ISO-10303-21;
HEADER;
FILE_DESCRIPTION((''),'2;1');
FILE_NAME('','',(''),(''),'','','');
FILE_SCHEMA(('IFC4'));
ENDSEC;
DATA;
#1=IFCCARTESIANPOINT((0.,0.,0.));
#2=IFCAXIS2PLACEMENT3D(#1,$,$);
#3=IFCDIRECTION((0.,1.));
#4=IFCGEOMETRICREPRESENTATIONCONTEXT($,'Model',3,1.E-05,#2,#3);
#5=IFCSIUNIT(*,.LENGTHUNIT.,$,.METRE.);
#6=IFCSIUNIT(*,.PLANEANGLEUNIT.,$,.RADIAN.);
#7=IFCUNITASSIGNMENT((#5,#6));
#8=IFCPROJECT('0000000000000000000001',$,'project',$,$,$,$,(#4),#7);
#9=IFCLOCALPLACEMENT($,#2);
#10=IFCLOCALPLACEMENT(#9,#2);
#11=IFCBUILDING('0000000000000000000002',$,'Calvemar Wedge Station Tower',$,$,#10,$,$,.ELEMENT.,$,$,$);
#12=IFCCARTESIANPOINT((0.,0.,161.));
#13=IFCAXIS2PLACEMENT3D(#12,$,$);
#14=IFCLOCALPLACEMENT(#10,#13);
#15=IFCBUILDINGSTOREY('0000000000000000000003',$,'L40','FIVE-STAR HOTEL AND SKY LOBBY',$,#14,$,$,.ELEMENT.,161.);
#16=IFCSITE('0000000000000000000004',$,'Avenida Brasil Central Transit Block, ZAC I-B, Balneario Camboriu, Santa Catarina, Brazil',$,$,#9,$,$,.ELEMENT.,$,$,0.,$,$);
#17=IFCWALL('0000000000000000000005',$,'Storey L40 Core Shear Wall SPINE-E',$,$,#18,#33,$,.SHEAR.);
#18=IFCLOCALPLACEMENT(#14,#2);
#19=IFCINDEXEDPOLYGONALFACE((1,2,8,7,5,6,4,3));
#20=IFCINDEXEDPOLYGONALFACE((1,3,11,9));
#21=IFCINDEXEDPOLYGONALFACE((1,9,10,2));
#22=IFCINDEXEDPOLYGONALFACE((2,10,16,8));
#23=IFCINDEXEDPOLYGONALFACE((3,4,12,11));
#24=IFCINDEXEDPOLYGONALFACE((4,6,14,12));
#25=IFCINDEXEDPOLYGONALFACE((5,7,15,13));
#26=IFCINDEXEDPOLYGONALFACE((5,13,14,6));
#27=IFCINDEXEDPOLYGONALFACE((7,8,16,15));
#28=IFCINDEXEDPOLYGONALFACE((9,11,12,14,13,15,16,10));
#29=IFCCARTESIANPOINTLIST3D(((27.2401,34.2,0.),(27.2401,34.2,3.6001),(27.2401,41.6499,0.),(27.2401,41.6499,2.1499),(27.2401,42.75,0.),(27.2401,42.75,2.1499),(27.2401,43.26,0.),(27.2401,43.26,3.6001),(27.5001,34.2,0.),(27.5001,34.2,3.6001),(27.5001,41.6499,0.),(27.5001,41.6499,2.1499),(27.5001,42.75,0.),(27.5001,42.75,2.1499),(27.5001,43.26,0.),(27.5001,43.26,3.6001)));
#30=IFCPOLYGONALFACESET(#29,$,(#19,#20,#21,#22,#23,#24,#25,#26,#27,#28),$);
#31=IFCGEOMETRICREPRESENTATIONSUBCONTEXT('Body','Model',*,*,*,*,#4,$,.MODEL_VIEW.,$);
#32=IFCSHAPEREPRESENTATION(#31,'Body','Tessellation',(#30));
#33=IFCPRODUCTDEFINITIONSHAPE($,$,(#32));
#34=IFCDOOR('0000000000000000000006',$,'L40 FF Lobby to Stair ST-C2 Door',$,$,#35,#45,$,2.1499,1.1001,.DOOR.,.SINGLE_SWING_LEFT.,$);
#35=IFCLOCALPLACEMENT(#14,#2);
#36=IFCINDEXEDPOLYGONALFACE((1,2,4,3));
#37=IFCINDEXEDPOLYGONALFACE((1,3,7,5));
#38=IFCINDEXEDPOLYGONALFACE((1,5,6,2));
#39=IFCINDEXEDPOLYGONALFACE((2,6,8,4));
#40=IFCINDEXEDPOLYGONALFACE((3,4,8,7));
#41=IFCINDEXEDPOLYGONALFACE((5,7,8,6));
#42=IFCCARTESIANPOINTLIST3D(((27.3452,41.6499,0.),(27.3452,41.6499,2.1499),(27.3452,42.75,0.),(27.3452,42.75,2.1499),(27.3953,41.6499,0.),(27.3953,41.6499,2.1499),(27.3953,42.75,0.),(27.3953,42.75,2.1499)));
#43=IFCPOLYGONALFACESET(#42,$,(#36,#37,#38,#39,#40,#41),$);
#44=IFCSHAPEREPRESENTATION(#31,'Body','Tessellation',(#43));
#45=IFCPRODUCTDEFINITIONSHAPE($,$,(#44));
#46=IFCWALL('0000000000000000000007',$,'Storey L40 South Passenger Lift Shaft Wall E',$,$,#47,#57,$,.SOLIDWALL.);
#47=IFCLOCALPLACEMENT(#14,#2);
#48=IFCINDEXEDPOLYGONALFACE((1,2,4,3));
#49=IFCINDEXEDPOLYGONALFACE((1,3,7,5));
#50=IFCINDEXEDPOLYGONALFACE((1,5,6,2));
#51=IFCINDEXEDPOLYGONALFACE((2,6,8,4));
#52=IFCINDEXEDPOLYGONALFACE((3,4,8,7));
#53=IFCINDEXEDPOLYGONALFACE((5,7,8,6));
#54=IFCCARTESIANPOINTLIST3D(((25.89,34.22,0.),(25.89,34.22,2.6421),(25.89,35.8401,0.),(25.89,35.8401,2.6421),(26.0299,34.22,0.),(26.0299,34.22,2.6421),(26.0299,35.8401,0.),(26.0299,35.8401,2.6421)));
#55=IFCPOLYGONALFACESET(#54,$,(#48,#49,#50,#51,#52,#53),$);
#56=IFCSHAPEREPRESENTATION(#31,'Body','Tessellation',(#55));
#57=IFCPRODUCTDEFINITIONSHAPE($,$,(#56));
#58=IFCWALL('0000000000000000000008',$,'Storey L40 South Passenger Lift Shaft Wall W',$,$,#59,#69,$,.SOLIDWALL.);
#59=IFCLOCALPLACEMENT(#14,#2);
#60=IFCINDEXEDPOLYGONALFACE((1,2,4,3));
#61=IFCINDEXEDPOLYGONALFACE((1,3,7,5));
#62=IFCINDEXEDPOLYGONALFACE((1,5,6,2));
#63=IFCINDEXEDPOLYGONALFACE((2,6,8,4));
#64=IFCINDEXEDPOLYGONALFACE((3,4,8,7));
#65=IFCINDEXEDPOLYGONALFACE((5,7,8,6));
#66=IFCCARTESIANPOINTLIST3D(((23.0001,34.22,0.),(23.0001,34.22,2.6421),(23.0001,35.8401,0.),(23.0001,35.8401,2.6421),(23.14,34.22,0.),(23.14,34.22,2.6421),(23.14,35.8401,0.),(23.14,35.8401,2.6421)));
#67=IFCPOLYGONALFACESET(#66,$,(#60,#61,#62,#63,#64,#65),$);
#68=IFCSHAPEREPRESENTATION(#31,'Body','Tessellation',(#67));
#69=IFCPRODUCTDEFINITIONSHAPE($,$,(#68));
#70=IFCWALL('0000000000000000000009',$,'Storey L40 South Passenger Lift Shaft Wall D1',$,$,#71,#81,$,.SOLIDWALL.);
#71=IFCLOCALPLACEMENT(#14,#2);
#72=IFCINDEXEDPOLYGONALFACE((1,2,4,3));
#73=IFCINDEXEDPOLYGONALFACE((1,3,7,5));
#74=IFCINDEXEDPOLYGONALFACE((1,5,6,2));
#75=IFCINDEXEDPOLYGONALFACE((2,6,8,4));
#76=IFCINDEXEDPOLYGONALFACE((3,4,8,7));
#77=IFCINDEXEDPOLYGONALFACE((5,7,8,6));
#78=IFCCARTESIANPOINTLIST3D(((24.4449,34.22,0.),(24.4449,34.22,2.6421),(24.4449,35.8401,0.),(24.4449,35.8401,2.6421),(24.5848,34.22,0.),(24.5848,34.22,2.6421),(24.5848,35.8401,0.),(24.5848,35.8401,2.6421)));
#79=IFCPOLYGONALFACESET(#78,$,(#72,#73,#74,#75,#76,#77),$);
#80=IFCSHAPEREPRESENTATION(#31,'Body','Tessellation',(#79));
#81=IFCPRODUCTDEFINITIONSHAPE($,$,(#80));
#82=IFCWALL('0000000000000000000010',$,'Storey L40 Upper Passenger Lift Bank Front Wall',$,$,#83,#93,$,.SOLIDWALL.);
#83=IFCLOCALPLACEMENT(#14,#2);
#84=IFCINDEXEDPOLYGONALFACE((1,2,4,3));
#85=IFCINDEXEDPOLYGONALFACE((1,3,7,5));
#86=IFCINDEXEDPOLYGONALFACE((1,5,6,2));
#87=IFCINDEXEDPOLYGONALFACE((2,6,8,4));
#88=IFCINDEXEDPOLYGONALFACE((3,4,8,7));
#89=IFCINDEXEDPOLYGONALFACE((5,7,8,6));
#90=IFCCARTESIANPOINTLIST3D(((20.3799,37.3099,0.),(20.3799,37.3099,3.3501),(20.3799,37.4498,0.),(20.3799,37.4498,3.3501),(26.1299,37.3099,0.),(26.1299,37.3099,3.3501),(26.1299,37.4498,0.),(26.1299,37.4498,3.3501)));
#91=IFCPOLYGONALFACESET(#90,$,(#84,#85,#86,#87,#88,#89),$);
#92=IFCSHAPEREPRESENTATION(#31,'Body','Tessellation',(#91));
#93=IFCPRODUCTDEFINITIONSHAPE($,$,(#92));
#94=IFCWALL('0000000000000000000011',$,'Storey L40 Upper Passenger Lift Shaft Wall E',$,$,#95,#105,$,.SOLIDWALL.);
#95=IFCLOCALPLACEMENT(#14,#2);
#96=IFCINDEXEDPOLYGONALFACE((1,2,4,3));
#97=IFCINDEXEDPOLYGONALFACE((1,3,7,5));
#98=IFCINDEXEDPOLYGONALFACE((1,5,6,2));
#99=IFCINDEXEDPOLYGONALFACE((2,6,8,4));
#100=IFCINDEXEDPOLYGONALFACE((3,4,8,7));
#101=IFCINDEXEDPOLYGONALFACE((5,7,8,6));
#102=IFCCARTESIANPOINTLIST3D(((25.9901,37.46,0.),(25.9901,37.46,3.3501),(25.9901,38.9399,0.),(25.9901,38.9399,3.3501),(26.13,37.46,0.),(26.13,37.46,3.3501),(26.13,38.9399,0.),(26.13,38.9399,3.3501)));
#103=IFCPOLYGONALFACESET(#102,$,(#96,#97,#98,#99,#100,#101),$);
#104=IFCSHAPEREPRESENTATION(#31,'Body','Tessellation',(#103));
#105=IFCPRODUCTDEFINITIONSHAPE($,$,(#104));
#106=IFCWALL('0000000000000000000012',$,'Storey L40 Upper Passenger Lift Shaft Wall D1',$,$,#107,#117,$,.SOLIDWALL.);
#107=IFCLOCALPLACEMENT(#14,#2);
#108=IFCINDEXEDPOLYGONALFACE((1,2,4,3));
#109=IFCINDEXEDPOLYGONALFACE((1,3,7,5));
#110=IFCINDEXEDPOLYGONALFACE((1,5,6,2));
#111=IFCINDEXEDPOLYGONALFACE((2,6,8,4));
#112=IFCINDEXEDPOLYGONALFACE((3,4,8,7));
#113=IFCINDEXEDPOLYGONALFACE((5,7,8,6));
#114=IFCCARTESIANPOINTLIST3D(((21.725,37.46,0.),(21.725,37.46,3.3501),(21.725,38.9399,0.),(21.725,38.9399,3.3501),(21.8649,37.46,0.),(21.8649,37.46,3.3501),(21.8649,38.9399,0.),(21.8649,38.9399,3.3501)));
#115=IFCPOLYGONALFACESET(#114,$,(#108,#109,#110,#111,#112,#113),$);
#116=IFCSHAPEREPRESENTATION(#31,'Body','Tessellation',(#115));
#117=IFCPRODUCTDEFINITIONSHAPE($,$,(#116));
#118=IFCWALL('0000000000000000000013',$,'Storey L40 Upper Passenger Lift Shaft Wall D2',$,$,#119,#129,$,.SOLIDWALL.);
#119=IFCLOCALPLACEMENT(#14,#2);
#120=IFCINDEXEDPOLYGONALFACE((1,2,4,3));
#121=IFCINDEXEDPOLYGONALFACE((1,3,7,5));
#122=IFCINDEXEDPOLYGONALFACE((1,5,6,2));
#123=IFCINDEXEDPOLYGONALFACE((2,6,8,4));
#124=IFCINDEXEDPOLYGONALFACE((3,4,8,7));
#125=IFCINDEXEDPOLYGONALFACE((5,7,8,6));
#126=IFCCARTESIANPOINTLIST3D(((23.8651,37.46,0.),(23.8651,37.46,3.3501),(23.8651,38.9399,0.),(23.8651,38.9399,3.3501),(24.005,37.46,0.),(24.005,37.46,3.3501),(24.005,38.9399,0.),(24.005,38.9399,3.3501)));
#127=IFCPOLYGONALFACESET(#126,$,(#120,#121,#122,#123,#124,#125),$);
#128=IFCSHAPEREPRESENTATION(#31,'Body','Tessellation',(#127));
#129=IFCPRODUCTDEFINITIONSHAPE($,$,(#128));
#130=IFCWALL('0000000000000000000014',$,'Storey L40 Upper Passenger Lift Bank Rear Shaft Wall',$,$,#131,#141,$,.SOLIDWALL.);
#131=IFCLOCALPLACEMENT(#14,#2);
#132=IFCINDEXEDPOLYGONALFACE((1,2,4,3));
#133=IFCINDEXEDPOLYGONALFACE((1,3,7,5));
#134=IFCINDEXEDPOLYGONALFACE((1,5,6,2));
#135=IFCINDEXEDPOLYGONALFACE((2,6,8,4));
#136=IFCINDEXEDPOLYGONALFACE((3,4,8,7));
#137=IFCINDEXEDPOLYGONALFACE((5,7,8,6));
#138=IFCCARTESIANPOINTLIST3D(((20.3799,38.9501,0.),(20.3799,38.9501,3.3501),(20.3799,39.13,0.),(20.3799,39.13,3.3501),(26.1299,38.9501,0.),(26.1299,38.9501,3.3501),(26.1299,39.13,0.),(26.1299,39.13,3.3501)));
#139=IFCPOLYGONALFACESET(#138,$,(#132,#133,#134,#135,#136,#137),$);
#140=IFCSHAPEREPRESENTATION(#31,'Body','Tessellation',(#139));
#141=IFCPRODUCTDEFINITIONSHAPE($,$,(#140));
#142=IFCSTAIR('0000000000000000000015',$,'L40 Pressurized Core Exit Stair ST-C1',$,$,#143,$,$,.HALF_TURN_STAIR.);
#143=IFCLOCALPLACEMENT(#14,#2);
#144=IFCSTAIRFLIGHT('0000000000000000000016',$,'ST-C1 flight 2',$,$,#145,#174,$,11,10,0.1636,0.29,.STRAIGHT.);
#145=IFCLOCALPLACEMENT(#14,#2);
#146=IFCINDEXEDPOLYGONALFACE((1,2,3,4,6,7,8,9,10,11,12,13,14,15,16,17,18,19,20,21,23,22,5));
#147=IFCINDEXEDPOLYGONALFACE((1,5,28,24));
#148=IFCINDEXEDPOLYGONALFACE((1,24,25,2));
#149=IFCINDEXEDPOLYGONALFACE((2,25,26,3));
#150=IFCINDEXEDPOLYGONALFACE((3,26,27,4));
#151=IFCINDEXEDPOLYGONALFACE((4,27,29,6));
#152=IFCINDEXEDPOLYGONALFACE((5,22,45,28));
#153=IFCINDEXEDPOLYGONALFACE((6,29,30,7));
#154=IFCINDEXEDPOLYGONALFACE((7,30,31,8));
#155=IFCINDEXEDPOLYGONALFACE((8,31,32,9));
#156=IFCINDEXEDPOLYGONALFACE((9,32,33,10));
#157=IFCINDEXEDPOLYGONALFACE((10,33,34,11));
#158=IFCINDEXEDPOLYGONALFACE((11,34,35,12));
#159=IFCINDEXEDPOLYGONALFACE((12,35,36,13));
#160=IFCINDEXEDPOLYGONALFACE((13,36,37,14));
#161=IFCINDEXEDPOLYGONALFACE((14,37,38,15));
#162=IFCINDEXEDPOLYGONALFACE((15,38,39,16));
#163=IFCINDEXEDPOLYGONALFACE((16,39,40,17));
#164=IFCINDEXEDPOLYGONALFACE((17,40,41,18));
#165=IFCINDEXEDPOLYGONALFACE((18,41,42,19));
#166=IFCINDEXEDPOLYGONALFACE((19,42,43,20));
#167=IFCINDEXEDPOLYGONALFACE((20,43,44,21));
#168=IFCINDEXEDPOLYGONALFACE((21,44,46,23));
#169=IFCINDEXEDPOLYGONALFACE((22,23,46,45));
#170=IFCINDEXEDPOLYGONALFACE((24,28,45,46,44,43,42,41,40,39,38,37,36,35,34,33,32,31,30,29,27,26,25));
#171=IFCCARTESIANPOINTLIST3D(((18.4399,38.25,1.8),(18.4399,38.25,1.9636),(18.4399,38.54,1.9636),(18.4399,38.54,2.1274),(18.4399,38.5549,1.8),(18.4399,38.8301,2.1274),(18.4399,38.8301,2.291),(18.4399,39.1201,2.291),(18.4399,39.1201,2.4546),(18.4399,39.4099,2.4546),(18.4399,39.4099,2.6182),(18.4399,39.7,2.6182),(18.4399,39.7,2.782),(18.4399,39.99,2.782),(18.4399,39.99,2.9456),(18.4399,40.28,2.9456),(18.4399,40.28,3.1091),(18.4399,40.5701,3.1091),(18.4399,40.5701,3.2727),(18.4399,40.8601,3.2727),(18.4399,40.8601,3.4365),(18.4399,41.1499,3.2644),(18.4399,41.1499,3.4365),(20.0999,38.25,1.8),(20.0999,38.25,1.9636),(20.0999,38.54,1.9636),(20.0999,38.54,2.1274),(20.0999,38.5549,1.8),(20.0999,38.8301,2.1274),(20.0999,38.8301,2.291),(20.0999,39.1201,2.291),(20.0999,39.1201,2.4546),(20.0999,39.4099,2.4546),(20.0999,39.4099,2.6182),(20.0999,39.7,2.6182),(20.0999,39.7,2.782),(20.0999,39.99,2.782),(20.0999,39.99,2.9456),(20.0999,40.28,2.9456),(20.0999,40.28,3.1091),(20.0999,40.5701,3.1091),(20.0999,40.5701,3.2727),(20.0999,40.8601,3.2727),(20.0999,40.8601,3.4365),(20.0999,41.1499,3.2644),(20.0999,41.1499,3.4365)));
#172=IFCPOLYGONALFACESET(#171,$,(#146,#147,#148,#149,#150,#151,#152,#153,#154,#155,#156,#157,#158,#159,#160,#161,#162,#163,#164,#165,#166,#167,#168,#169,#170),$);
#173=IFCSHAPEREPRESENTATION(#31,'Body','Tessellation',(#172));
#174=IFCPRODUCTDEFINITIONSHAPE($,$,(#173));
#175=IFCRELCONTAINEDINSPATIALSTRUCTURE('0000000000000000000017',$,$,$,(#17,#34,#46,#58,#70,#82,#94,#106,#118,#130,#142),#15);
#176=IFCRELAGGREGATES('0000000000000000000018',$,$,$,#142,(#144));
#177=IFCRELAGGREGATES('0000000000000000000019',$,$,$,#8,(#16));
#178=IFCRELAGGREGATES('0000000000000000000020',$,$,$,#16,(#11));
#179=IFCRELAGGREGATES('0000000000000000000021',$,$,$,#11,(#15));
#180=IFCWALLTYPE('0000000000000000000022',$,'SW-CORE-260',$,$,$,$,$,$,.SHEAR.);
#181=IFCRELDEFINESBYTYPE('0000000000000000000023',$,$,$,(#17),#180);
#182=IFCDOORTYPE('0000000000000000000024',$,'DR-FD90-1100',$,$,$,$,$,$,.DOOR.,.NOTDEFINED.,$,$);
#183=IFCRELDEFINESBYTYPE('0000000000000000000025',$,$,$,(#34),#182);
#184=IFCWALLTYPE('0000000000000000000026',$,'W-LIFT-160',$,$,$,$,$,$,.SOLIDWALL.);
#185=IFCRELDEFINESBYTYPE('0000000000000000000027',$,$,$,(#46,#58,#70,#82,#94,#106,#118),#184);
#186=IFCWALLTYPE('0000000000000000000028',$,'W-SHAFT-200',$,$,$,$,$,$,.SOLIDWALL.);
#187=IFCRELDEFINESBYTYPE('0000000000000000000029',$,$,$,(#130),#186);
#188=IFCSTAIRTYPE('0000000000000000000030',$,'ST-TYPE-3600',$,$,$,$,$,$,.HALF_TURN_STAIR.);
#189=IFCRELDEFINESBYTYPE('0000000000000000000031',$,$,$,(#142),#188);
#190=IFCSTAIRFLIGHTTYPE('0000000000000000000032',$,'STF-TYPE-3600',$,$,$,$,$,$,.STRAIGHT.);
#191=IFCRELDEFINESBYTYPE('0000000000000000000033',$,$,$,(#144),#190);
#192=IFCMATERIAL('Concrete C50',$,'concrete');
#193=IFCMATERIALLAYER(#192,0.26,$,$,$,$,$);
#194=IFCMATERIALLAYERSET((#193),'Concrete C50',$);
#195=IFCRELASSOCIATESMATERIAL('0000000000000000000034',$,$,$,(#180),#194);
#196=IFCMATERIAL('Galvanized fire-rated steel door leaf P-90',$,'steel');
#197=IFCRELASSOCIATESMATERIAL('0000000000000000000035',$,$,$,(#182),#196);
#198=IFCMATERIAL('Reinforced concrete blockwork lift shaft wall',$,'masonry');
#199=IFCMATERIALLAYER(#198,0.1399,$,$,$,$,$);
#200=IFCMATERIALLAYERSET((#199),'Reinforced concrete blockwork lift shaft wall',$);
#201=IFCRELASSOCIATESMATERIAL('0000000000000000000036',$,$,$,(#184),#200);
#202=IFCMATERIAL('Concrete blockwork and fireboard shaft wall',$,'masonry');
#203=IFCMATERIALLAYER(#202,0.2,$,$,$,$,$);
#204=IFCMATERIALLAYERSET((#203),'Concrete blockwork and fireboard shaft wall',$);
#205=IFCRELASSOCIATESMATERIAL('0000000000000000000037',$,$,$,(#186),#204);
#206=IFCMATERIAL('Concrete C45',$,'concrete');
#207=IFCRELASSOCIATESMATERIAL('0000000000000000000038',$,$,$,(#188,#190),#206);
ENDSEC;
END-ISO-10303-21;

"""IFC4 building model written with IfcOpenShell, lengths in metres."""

from ifc_helpers import new_model, si_unit, direction, frame, frame_2d, origin, place, context, subcontext, project, spatial, polyline, rectangle, outline, extrude, source, transform, mapped, material, layer, layer_set, type_object, element, fill, aggregate, save


model = new_model("IFC4")

# Units and contexts
model_context = context("Model", 3, precision=1e-05, world=origin(), true_north=direction((0.0, 1.0)))
body_context = subcontext(model_context, "Body", "Model", "MODEL_VIEW")
ifc_project = project(units=[si_unit("LENGTHUNIT", "METRE"), si_unit("PLANEANGLEUNIT", "RADIAN")], contexts=[model_context])

# Site, building, storey
site_placement = place(None, origin())
site = spatial("IfcSite", under=ifc_project, at=site_placement, Name="Avenida Brasil Central Transit Block, ZAC I-B, Balneario Camboriu, Santa Catarina, Brazil", CompositionType="ELEMENT", RefElevation=0.0)
building_placement = place(site_placement, origin())
building = spatial("IfcBuilding", under=site, at=building_placement, Name="Calvemar Wedge Station Tower", CompositionType="ELEMENT")
storey_placement = place(building_placement, frame((0.0, 0.0, 161.0)))
storey = spatial("IfcBuildingStorey", under=building, at=storey_placement, Name="L40", Description="FIVE-STAR HOTEL AND SKY LOBBY", CompositionType="ELEMENT", Elevation=161.0)

# Wall, opening, door
ifc_material_1 = material(Name="Concrete C50", Category="concrete")
ifc_layer_1 = layer(ifc_material_1, 0.26)
ifc_layer_set_1 = layer_set([ifc_layer_1], Name="Concrete C50")
wall_type_1 = type_object("IfcWallType", Name="SW-CORE-260", PredefinedType="SHEAR", material=ifc_layer_set_1)
shared_shape_1 = source(origin(), body_context, "Body", "SweptSolid", [
    extrude(rectangle(XDim=1.1001, YDim=2.1499, at=frame_2d((0.55, 1.075))), frame((0.0, 0.1401, 0.0), z_axis=(0.0, -1.0, 0.0), x_axis=(1.0, 0.0, 0.0)), (0.0, 0.0, 1.0), 0.28),
])
ifc_material_2 = material(Name="Galvanized fire-rated steel door leaf P-90", Category="steel")
door_type_1 = type_object("IfcDoorType", Name="DR-FD90-1100", OperationType="NOTDEFINED", PredefinedType="DOOR", material=ifc_material_2)
shared_shape_2 = source(origin(), body_context, "Body", "SweptSolid", [
    extrude(rectangle(XDim=1.1001, YDim=2.1499, at=frame_2d((0.55, 1.075))), frame((0.0, 0.0249, 0.0), z_axis=(0.0, -1.0, 0.0), x_axis=(1.0, 0.0, 0.0)), (0.0, 0.0, 1.0), 0.05),
])
wall_1_placement = place(storey_placement, frame((27.3701, 34.2, 0.0), z_axis=(0.0, 0.0, 1.0), x_axis=(0.0, 1.0, 0.0)))
wall_1 = element("IfcWall", 1, at=wall_1_placement, inside=storey, type_object=wall_type_1, Name="Storey L40 Core Shear Wall SPINE-E", PredefinedType="SHEAR", context=body_context, shape_type="SweptSolid", body=[
    extrude(rectangle(XDim=9.0601, YDim=0.26, at=frame_2d((4.53, 0.0))), origin(), (0.0, 0.0, 1.0), 3.6001),
])
opening_1_placement = place(wall_1_placement, frame((7.45, 0.0, 0.0)))
opening_1 = element("IfcOpeningElement", 2, at=opening_1_placement, cuts=wall_1, PredefinedType="OPENING", context=body_context, shape_type="MappedRepresentation", body=[
    mapped(shared_shape_1, transform((0.0, 0.0, 0.0), scale=1.0)),
])
door_1_placement = place(opening_1_placement, origin())
door_1 = element("IfcDoor", 3, at=door_1_placement, inside=storey, type_object=door_type_1, Name="L40 FF Lobby to Stair ST-C2 Door", OperationType="SINGLE_SWING_LEFT", OverallHeight=2.1499, OverallWidth=1.1001, PredefinedType="DOOR", context=body_context, shape_type="MappedRepresentation", body=[
    mapped(shared_shape_2, transform((0.0, 0.0, 0.0), scale=1.0)),
])
fill(opening_1, door_1)

# Shared definitions
ifc_material_3 = material(Name="Reinforced concrete blockwork lift shaft wall", Category="masonry")
ifc_layer_2 = layer(ifc_material_3, 0.1399)
ifc_layer_set_2 = layer_set([ifc_layer_2], Name="Reinforced concrete blockwork lift shaft wall")
wall_type_2 = type_object("IfcWallType", Name="W-LIFT-160", PredefinedType="SOLIDWALL", material=ifc_layer_set_2)

# Walls
for number, where, z_axis, x_axis, name in (
    (4, (25.96, 34.22, 0.0), (0.0, 0.0, 1.0), (0.0, 1.0, 0.0), "Storey L40 South Passenger Lift Shaft Wall E"),
    (5, (23.0701, 34.22, 0.0), (0.0, 0.0, 1.0), (0.0, 1.0, 0.0), "Storey L40 South Passenger Lift Shaft Wall W"),
    (6, (24.5149, 34.22, 0.0), (0.0, 0.0, 1.0), (0.0, 1.0, 0.0), "Storey L40 South Passenger Lift Shaft Wall D1"),
):
    element("IfcWall", number, at=place(storey_placement, frame(where, z_axis=z_axis, x_axis=x_axis)), inside=storey, type_object=wall_type_2, Name=name, PredefinedType="SOLIDWALL", context=body_context, shape_type="SweptSolid", body=[
        extrude(rectangle(XDim=1.6201, YDim=0.1399, at=frame_2d((0.8101, 0.0))), origin(), (0.0, 0.0, 1.0), 2.6421),
    ])
wall_2_placement = place(storey_placement, frame((20.3799, 37.3799, 0.0), z_axis=(0.0, 0.0, 1.0), x_axis=(1.0, 0.0, 0.0)))
element("IfcWall", 7, at=wall_2_placement, inside=storey, type_object=wall_type_2, Name="Storey L40 Upper Passenger Lift Bank Front Wall", PredefinedType="SOLIDWALL", context=body_context, shape_type="SweptSolid", body=[
    extrude(rectangle(XDim=5.75, YDim=0.1399, at=frame_2d((2.875, 0.0))), origin(), (0.0, 0.0, 1.0), 3.3501),
])
for number, where, z_axis, x_axis, name in (
    (8, (26.0601, 37.46, 0.0), (0.0, 0.0, 1.0), (0.0, 1.0, 0.0), "Storey L40 Upper Passenger Lift Shaft Wall E"),
    (9, (21.7949, 37.46, 0.0), (0.0, 0.0, 1.0), (0.0, 1.0, 0.0), "Storey L40 Upper Passenger Lift Shaft Wall D1"),
    (10, (23.9351, 37.46, 0.0), (0.0, 0.0, 1.0), (0.0, 1.0, 0.0), "Storey L40 Upper Passenger Lift Shaft Wall D2"),
):
    element("IfcWall", number, at=place(storey_placement, frame(where, z_axis=z_axis, x_axis=x_axis)), inside=storey, type_object=wall_type_2, Name=name, PredefinedType="SOLIDWALL", context=body_context, shape_type="SweptSolid", body=[
        extrude(rectangle(XDim=1.48, YDim=0.1399, at=frame_2d((0.74, 0.0))), origin(), (0.0, 0.0, 1.0), 3.3501),
    ])
ifc_material_4 = material(Name="Concrete blockwork and fireboard shaft wall", Category="masonry")
ifc_layer_3 = layer(ifc_material_4, 0.2)
ifc_layer_set_3 = layer_set([ifc_layer_3], Name="Concrete blockwork and fireboard shaft wall")
wall_type_3 = type_object("IfcWallType", Name="W-SHAFT-200", PredefinedType="SOLIDWALL", material=ifc_layer_set_3)
wall_3_placement = place(storey_placement, frame((20.3799, 39.04, 0.0), z_axis=(0.0, 0.0, 1.0), x_axis=(1.0, 0.0, 0.0)))
element("IfcWall", 11, at=wall_3_placement, inside=storey, type_object=wall_type_3, Name="Storey L40 Upper Passenger Lift Bank Rear Shaft Wall", PredefinedType="SOLIDWALL", context=body_context, shape_type="SweptSolid", body=[
    extrude(rectangle(XDim=5.75, YDim=0.1799, at=frame_2d((2.875, 0.0))), origin(), (0.0, 0.0, 1.0), 3.3501),
])

# Stair, stair flight
ifc_material_5 = material(Name="Concrete C45", Category="concrete")
stair_type = type_object("IfcStairType", Name="ST-TYPE-3600", PredefinedType="HALF_TURN_STAIR", material=ifc_material_5)
stair_placement = place(storey_placement, origin())
stair = element("IfcStair", 12, at=stair_placement, inside=storey, type_object=stair_type, Name="L40 Pressurized Core Exit Stair ST-C1", PredefinedType="HALF_TURN_STAIR")
stair_flight_type = type_object("IfcStairFlightType", Name="STF-TYPE-3600", PredefinedType="STRAIGHT", material=ifc_material_5)
stair_flight_placement = place(storey_placement, frame((19.27, 38.25, 1.8), z_axis=(0.0, 0.0, 1.0), x_axis=(0.0, 1.0, 0.0)))
stair_flight = element("IfcStairFlight", 13, at=stair_flight_placement, type_object=stair_flight_type, Name="ST-C1 flight 2", NumberOfRisers=11, NumberOfTreads=10, PredefinedType="STRAIGHT", RiserHeight=0.1636, TreadLength=0.29, context=body_context, shape_type="SweptSolid", body=[
    extrude(outline(polyline([(0.0, 0.0), (0.0, 0.1636), (0.29, 0.1636), (0.29, 0.3274), (0.5801, 0.3274), (0.5801, 0.491), (0.8701, 0.491), (0.8701, 0.6545), (1.1599, 0.6545), (1.1599, 0.8181), (1.45, 0.8181), (1.45, 0.9819), (1.74, 0.9819), (1.74, 1.1455), (2.03, 1.1455), (2.03, 1.3091), (2.3201, 1.3091), (2.3201, 1.4727), (2.6101, 1.4727), (2.6101, 1.6365), (2.8999, 1.6365), (2.8999, 1.8), (2.8999, 1.4644), (0.3049, 0.0), (0.0, 0.0)])), frame((0.0, 0.8301, 0.0), z_axis=(0.0, -1.0, 0.0), x_axis=(1.0, 0.0, 0.0)), (0.0, 0.0, 1.0), 1.6599),
])
aggregate(stair, [stair_flight])

save(model, "model.ifc")
